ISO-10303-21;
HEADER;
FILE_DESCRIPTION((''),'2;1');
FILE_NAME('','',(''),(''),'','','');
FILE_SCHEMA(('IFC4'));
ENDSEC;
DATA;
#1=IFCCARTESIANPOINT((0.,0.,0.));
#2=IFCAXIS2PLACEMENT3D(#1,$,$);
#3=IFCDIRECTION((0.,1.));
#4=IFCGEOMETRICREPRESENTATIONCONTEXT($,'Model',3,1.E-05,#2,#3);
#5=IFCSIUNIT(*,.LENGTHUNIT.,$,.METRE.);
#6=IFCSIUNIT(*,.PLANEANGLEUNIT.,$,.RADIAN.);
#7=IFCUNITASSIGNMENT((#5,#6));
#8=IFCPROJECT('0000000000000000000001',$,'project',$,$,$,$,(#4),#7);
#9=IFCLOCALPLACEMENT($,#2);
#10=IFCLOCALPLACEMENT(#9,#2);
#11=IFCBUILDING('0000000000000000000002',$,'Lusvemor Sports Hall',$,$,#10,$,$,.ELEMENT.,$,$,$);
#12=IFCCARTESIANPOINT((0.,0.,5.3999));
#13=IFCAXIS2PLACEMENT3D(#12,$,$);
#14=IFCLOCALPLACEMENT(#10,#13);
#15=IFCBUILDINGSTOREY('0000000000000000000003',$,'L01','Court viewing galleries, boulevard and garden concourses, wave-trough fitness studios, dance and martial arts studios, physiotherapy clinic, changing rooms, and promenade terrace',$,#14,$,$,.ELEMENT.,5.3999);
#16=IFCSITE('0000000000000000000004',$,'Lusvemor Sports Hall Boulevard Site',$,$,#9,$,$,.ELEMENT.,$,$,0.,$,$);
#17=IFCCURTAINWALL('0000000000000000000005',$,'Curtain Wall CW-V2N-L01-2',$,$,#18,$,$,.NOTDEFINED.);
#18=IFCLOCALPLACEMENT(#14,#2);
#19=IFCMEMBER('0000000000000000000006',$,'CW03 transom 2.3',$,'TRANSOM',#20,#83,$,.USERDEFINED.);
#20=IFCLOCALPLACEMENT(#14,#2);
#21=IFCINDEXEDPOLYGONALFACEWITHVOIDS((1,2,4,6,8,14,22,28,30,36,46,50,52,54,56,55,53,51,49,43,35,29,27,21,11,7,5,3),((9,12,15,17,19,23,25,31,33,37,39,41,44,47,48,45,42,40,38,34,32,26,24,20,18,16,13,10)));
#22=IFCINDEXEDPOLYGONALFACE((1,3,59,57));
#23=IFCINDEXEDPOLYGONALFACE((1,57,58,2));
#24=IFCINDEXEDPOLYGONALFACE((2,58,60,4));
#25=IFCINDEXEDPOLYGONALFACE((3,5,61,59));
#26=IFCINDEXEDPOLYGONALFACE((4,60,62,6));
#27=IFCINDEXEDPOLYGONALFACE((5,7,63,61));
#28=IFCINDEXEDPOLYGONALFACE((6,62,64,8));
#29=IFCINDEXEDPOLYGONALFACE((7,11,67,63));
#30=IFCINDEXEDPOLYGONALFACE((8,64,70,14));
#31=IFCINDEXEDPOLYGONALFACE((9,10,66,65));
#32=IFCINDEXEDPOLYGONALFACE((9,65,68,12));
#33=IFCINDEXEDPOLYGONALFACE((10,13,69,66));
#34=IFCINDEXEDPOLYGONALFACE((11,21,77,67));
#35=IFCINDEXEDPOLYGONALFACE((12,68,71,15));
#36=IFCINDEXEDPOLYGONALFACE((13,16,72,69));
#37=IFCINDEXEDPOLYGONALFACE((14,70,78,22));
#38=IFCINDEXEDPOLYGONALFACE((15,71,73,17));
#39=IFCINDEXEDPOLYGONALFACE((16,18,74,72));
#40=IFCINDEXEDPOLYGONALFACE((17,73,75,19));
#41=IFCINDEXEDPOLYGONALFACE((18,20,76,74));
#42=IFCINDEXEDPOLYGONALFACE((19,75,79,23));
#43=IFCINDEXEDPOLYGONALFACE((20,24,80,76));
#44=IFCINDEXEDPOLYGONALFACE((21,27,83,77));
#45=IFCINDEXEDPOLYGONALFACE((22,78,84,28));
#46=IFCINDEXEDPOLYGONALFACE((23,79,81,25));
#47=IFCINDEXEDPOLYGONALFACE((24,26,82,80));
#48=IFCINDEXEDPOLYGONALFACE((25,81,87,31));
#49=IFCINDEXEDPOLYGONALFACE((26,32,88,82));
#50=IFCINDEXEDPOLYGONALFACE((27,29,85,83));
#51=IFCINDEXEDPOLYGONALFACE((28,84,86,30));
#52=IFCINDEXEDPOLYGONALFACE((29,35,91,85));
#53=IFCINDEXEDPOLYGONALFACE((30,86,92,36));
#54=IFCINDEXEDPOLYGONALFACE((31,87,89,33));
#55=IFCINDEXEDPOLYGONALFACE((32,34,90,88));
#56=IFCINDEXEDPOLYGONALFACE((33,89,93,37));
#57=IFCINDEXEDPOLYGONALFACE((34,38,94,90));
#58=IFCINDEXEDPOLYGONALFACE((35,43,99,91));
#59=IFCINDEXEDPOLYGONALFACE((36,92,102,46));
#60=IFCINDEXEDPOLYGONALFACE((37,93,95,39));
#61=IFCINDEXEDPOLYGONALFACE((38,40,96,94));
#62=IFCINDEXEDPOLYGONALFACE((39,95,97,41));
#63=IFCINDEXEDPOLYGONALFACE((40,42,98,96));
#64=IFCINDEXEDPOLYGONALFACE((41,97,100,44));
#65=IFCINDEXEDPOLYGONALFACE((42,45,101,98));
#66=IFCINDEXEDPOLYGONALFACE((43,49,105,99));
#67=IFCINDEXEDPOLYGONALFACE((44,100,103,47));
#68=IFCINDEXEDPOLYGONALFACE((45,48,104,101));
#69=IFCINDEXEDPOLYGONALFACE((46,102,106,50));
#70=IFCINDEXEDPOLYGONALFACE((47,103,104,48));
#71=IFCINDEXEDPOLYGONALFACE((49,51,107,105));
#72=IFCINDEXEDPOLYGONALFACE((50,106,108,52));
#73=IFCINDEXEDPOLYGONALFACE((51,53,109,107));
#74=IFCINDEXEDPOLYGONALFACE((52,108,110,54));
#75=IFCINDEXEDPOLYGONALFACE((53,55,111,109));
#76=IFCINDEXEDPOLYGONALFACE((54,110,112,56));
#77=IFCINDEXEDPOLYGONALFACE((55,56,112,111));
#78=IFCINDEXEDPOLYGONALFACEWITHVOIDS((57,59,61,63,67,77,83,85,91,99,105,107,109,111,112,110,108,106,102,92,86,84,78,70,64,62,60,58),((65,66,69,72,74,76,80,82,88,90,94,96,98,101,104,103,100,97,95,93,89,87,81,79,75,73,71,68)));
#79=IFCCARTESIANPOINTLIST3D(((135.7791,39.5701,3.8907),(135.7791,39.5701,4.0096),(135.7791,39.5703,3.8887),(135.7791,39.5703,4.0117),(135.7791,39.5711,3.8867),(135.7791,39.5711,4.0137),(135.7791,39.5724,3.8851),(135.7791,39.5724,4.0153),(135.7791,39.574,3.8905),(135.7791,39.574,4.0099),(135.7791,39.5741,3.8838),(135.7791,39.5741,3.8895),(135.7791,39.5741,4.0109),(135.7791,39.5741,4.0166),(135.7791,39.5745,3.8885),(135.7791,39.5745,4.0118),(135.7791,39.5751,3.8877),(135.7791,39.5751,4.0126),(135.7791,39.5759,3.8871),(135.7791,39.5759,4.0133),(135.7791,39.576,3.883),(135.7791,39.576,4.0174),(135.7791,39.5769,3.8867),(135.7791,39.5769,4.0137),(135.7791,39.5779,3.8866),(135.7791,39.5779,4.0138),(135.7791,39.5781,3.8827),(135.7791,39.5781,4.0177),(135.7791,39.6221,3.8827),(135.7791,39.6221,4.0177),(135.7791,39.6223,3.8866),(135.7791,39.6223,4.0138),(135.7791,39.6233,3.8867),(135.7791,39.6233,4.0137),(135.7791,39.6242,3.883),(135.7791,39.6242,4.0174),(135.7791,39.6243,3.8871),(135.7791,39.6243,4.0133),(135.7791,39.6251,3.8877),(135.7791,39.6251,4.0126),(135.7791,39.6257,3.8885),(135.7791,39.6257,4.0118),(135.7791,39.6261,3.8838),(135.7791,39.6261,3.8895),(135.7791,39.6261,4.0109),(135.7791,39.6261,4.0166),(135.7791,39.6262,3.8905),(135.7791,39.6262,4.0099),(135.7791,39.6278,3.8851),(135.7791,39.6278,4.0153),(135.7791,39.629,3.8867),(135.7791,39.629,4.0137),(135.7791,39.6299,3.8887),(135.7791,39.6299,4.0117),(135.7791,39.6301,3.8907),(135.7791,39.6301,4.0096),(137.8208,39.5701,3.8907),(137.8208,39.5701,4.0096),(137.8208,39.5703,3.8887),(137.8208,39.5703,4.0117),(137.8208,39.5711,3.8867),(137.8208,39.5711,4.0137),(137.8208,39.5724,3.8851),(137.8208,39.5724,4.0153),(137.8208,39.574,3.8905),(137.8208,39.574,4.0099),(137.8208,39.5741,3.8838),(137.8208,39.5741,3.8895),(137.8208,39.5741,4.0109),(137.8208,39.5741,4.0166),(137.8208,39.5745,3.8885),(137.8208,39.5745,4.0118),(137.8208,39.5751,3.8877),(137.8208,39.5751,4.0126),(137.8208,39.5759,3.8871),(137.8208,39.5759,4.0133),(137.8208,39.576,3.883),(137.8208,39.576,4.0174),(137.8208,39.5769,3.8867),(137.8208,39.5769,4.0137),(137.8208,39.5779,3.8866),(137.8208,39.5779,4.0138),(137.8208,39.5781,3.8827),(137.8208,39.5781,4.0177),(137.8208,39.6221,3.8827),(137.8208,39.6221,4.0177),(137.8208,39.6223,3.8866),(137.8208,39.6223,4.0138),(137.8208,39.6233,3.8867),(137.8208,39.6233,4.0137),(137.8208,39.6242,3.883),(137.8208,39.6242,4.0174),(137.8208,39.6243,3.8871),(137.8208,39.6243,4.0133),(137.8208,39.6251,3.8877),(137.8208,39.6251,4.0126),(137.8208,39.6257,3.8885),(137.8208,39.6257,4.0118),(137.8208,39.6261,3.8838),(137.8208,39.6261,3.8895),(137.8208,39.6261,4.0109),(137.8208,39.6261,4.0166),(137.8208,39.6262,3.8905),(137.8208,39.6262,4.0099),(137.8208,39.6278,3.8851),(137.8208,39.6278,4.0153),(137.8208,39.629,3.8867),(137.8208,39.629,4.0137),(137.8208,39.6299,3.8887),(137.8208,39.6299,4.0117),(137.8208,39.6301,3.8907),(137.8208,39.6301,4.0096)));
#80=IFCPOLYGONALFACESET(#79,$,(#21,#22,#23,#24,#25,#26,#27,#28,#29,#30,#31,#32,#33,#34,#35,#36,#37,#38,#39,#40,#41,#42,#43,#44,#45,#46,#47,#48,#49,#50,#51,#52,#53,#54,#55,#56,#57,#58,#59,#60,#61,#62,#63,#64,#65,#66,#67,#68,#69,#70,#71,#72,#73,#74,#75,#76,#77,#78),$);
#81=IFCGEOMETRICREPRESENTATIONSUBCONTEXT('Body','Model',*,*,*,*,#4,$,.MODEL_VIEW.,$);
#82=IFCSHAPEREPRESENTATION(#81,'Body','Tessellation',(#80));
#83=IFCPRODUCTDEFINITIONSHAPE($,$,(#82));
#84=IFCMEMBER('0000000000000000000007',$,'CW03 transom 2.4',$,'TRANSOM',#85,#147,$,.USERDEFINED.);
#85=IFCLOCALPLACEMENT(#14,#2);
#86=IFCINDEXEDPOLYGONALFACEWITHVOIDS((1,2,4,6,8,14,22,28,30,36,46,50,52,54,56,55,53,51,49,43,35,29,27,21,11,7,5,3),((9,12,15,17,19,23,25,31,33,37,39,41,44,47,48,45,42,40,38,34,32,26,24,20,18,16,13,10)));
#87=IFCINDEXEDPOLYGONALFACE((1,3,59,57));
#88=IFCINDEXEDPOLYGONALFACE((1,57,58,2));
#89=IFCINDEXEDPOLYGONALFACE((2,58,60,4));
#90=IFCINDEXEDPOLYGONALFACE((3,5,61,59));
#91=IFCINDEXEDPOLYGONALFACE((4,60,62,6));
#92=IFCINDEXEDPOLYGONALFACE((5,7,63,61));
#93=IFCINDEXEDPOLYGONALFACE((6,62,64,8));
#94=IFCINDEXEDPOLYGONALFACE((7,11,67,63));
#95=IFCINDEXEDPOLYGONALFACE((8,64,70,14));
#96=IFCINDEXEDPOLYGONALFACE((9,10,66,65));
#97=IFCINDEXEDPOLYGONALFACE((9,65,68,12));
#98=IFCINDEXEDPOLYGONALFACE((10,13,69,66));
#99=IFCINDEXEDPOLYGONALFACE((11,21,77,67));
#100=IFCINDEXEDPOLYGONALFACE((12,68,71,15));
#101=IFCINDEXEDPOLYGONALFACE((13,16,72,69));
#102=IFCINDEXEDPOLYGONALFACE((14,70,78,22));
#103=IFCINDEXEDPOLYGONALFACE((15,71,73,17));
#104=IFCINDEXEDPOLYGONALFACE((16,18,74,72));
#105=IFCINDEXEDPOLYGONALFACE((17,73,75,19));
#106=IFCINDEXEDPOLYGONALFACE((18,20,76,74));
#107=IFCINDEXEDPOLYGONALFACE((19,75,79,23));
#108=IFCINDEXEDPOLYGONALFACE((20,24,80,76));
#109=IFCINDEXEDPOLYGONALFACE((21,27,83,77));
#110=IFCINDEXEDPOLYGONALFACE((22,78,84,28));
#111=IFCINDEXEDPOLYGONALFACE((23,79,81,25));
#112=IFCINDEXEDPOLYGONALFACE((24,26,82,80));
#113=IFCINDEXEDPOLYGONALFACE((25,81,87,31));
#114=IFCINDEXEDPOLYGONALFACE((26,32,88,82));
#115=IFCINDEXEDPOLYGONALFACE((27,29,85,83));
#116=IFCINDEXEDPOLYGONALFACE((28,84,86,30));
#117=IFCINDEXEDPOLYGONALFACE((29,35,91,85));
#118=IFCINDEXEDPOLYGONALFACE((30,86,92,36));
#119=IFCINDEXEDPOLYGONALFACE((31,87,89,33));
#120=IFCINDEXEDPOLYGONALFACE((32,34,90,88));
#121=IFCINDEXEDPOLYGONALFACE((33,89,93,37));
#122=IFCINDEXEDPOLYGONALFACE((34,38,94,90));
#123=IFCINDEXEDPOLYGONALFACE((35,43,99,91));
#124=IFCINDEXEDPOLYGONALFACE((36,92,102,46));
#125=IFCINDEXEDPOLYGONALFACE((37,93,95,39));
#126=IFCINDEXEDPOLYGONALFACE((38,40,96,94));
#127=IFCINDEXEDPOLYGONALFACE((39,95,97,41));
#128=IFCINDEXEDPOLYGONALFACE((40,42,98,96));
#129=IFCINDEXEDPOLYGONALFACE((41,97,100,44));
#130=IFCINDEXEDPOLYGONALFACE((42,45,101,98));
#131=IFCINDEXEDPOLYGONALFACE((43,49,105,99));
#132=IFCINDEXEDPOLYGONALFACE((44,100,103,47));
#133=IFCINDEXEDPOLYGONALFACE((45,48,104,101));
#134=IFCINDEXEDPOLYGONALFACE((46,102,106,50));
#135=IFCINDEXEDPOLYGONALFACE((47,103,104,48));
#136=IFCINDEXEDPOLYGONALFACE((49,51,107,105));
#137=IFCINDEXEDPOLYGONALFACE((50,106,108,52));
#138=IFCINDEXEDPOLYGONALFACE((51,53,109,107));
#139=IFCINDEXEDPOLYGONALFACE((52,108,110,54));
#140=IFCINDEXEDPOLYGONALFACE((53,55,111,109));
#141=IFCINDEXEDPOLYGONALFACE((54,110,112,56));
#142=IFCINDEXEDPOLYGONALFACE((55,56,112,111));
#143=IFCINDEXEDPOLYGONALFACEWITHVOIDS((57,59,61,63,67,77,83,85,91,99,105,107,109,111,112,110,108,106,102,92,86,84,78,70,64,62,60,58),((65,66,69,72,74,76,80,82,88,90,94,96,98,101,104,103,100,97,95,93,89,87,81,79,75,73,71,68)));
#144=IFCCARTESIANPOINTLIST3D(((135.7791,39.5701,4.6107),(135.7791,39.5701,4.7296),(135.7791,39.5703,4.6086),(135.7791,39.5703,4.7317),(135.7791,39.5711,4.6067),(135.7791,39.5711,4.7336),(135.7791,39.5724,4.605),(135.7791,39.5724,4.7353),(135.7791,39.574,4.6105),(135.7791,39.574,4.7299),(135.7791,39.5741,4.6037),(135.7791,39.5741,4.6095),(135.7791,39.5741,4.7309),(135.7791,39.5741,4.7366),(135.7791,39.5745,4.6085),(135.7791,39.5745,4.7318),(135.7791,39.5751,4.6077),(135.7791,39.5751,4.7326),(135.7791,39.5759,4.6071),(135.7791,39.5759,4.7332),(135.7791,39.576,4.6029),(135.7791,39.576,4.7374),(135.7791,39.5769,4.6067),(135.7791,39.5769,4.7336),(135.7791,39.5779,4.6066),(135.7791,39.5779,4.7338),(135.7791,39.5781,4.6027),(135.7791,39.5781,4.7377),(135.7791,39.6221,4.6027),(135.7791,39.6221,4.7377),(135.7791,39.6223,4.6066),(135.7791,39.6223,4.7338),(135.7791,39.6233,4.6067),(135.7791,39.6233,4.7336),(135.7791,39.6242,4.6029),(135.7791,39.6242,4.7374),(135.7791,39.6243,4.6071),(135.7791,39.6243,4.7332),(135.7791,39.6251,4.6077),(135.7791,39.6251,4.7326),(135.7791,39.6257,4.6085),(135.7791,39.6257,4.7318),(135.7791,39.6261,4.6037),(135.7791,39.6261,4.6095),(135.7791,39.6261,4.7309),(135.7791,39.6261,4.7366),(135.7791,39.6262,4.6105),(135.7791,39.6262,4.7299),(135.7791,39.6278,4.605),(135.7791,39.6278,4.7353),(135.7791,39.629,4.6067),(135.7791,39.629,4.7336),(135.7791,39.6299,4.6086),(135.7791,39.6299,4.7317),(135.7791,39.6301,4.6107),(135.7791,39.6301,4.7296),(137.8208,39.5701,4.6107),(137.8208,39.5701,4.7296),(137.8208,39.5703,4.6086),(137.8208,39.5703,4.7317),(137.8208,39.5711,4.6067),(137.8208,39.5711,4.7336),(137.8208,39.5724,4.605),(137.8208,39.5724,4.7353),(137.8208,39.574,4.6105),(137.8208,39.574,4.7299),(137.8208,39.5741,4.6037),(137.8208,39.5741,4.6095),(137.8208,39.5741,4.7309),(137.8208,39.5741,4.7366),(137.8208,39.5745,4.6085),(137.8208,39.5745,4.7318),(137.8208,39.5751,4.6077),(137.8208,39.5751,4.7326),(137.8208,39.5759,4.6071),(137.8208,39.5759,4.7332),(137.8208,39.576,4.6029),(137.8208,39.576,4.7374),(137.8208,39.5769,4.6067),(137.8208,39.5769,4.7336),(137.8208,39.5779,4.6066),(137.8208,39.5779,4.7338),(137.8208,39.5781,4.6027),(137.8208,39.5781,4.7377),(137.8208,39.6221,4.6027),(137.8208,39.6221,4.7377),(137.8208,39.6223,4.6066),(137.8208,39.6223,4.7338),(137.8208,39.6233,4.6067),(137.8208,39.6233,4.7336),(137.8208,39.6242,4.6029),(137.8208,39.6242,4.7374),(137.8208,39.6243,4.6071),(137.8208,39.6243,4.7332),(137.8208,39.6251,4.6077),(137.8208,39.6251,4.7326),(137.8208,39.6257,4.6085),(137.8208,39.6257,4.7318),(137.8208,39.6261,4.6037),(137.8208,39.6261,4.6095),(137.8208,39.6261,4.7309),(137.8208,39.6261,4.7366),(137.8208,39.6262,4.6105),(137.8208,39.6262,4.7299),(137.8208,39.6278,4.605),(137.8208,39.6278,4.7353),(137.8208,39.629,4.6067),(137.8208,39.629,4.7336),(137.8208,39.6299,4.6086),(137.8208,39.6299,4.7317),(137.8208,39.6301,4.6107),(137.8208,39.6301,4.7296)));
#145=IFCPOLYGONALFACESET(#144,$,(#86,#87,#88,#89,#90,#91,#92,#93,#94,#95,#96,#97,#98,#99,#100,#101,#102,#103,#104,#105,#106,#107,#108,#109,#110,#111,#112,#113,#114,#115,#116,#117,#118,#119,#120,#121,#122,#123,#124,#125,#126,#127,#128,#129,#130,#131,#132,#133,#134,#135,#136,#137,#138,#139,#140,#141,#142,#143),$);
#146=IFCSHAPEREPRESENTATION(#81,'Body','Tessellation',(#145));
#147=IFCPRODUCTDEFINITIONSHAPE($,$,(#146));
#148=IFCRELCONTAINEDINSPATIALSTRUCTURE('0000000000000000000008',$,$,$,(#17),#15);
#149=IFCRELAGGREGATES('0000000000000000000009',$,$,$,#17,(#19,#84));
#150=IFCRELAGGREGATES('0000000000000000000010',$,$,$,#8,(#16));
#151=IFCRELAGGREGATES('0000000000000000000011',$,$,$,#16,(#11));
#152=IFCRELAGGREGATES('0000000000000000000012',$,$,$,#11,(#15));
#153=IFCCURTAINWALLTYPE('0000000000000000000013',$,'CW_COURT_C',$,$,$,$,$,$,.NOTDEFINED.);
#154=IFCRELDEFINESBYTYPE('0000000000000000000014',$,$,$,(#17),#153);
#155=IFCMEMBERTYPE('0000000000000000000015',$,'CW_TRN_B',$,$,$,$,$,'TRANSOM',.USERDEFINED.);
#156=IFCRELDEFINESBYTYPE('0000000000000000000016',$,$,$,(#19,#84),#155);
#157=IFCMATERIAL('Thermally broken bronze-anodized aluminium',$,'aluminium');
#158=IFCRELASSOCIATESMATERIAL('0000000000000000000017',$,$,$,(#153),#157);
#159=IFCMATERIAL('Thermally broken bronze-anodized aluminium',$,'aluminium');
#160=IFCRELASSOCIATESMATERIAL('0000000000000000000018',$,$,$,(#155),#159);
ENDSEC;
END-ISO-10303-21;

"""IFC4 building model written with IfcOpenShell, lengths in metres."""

from ifc_helpers import new_model, si_unit, direction, frame, origin, origin_2d, place, context, subcontext, project, spatial, hollow_rectangle, extrude, material, material_profile, profile_set, type_object, element, aggregate, save


model = new_model("IFC4")

# Units and contexts
model_context = context("Model", 3, precision=1e-05, world=origin(), true_north=direction((0.0, 1.0)))
body_context = subcontext(model_context, "Body", "Model", "MODEL_VIEW")
ifc_project = project(units=[si_unit("LENGTHUNIT", "METRE"), si_unit("PLANEANGLEUNIT", "RADIAN")], contexts=[model_context])

# Site, building, storey
site_placement = place(None, origin())
site = spatial("IfcSite", under=ifc_project, at=site_placement, Name="Lusvemor Sports Hall Boulevard Site", CompositionType="ELEMENT", RefElevation=0.0)
building_placement = place(site_placement, origin())
building = spatial("IfcBuilding", under=site, at=building_placement, Name="Lusvemor Sports Hall", CompositionType="ELEMENT")
storey_placement = place(building_placement, frame((0.0, 0.0, 5.3999)))
storey = spatial("IfcBuildingStorey", under=building, at=storey_placement, Name="L01", Description="Court viewing galleries, boulevard and garden concourses, wave-trough fitness studios, dance and martial arts studios, physiotherapy clinic, changing rooms, and promenade terrace", CompositionType="ELEMENT", Elevation=5.3999)

# Curtain wall, members
ifc_material_1 = material(Name="Thermally broken bronze-anodized aluminium", Category="aluminium")
curtain_wall_type = type_object("IfcCurtainWallType", Name="CW_COURT_C", PredefinedType="NOTDEFINED", material=ifc_material_1)
curtain_wall_placement = place(storey_placement, origin())
curtain_wall = element("IfcCurtainWall", 1, at=curtain_wall_placement, inside=storey, type_object=curtain_wall_type, Name="Curtain Wall CW-V2N-L01-2", PredefinedType="NOTDEFINED")
ifc_material_2 = material(Name="Thermally broken bronze-anodized aluminium", Category="aluminium")
ifc_material_profile_1 = material_profile(ifc_material_2, hollow_rectangle(XDim=0.0601, YDim=0.135, WallThickness=0.0039, InnerFilletRadius=0.0039, OuterFilletRadius=0.0081, at=origin_2d()), Name="CWTRN135x60x4")
ifc_profile_set_1 = profile_set([ifc_material_profile_1], Name="Thermally broken bronze-anodized aluminium")
member_type_1 = type_object("IfcMemberType", Name="CW_TRN_B", ElementType="TRANSOM", PredefinedType="USERDEFINED", material=ifc_profile_set_1)
member_1_placement = place(storey_placement, frame((135.7791, 39.6001, 3.9502), z_axis=(1.0, 0.0, 0.0), x_axis=(0.0, 1.0, 0.0)))
member_1 = element("IfcMember", 2, at=member_1_placement, type_object=member_type_1, Name="CW03 transom 2.3", ObjectType="TRANSOM", PredefinedType="USERDEFINED", context=body_context, shape_type="SweptSolid", body=[
    extrude(hollow_rectangle(XDim=0.0601, YDim=0.135, WallThickness=0.0039, InnerFilletRadius=0.0039, OuterFilletRadius=0.0081, at=origin_2d()), origin(), (0.0, 0.0, 1.0), 2.0417),
])
member_2_placement = place(storey_placement, frame((135.7791, 39.6001, 4.6702), z_axis=(1.0, 0.0, 0.0), x_axis=(0.0, 1.0, 0.0)))
member_2 = element("IfcMember", 3, at=member_2_placement, type_object=member_type_1, Name="CW03 transom 2.4", ObjectType="TRANSOM", PredefinedType="USERDEFINED", context=body_context, shape_type="SweptSolid", body=[
    extrude(hollow_rectangle(XDim=0.0601, YDim=0.135, WallThickness=0.0039, InnerFilletRadius=0.0039, OuterFilletRadius=0.0081, at=origin_2d()), origin(), (0.0, 0.0, 1.0), 2.0417),
])

aggregate(curtain_wall, [member_1, member_2])

save(model, "model.ifc")
